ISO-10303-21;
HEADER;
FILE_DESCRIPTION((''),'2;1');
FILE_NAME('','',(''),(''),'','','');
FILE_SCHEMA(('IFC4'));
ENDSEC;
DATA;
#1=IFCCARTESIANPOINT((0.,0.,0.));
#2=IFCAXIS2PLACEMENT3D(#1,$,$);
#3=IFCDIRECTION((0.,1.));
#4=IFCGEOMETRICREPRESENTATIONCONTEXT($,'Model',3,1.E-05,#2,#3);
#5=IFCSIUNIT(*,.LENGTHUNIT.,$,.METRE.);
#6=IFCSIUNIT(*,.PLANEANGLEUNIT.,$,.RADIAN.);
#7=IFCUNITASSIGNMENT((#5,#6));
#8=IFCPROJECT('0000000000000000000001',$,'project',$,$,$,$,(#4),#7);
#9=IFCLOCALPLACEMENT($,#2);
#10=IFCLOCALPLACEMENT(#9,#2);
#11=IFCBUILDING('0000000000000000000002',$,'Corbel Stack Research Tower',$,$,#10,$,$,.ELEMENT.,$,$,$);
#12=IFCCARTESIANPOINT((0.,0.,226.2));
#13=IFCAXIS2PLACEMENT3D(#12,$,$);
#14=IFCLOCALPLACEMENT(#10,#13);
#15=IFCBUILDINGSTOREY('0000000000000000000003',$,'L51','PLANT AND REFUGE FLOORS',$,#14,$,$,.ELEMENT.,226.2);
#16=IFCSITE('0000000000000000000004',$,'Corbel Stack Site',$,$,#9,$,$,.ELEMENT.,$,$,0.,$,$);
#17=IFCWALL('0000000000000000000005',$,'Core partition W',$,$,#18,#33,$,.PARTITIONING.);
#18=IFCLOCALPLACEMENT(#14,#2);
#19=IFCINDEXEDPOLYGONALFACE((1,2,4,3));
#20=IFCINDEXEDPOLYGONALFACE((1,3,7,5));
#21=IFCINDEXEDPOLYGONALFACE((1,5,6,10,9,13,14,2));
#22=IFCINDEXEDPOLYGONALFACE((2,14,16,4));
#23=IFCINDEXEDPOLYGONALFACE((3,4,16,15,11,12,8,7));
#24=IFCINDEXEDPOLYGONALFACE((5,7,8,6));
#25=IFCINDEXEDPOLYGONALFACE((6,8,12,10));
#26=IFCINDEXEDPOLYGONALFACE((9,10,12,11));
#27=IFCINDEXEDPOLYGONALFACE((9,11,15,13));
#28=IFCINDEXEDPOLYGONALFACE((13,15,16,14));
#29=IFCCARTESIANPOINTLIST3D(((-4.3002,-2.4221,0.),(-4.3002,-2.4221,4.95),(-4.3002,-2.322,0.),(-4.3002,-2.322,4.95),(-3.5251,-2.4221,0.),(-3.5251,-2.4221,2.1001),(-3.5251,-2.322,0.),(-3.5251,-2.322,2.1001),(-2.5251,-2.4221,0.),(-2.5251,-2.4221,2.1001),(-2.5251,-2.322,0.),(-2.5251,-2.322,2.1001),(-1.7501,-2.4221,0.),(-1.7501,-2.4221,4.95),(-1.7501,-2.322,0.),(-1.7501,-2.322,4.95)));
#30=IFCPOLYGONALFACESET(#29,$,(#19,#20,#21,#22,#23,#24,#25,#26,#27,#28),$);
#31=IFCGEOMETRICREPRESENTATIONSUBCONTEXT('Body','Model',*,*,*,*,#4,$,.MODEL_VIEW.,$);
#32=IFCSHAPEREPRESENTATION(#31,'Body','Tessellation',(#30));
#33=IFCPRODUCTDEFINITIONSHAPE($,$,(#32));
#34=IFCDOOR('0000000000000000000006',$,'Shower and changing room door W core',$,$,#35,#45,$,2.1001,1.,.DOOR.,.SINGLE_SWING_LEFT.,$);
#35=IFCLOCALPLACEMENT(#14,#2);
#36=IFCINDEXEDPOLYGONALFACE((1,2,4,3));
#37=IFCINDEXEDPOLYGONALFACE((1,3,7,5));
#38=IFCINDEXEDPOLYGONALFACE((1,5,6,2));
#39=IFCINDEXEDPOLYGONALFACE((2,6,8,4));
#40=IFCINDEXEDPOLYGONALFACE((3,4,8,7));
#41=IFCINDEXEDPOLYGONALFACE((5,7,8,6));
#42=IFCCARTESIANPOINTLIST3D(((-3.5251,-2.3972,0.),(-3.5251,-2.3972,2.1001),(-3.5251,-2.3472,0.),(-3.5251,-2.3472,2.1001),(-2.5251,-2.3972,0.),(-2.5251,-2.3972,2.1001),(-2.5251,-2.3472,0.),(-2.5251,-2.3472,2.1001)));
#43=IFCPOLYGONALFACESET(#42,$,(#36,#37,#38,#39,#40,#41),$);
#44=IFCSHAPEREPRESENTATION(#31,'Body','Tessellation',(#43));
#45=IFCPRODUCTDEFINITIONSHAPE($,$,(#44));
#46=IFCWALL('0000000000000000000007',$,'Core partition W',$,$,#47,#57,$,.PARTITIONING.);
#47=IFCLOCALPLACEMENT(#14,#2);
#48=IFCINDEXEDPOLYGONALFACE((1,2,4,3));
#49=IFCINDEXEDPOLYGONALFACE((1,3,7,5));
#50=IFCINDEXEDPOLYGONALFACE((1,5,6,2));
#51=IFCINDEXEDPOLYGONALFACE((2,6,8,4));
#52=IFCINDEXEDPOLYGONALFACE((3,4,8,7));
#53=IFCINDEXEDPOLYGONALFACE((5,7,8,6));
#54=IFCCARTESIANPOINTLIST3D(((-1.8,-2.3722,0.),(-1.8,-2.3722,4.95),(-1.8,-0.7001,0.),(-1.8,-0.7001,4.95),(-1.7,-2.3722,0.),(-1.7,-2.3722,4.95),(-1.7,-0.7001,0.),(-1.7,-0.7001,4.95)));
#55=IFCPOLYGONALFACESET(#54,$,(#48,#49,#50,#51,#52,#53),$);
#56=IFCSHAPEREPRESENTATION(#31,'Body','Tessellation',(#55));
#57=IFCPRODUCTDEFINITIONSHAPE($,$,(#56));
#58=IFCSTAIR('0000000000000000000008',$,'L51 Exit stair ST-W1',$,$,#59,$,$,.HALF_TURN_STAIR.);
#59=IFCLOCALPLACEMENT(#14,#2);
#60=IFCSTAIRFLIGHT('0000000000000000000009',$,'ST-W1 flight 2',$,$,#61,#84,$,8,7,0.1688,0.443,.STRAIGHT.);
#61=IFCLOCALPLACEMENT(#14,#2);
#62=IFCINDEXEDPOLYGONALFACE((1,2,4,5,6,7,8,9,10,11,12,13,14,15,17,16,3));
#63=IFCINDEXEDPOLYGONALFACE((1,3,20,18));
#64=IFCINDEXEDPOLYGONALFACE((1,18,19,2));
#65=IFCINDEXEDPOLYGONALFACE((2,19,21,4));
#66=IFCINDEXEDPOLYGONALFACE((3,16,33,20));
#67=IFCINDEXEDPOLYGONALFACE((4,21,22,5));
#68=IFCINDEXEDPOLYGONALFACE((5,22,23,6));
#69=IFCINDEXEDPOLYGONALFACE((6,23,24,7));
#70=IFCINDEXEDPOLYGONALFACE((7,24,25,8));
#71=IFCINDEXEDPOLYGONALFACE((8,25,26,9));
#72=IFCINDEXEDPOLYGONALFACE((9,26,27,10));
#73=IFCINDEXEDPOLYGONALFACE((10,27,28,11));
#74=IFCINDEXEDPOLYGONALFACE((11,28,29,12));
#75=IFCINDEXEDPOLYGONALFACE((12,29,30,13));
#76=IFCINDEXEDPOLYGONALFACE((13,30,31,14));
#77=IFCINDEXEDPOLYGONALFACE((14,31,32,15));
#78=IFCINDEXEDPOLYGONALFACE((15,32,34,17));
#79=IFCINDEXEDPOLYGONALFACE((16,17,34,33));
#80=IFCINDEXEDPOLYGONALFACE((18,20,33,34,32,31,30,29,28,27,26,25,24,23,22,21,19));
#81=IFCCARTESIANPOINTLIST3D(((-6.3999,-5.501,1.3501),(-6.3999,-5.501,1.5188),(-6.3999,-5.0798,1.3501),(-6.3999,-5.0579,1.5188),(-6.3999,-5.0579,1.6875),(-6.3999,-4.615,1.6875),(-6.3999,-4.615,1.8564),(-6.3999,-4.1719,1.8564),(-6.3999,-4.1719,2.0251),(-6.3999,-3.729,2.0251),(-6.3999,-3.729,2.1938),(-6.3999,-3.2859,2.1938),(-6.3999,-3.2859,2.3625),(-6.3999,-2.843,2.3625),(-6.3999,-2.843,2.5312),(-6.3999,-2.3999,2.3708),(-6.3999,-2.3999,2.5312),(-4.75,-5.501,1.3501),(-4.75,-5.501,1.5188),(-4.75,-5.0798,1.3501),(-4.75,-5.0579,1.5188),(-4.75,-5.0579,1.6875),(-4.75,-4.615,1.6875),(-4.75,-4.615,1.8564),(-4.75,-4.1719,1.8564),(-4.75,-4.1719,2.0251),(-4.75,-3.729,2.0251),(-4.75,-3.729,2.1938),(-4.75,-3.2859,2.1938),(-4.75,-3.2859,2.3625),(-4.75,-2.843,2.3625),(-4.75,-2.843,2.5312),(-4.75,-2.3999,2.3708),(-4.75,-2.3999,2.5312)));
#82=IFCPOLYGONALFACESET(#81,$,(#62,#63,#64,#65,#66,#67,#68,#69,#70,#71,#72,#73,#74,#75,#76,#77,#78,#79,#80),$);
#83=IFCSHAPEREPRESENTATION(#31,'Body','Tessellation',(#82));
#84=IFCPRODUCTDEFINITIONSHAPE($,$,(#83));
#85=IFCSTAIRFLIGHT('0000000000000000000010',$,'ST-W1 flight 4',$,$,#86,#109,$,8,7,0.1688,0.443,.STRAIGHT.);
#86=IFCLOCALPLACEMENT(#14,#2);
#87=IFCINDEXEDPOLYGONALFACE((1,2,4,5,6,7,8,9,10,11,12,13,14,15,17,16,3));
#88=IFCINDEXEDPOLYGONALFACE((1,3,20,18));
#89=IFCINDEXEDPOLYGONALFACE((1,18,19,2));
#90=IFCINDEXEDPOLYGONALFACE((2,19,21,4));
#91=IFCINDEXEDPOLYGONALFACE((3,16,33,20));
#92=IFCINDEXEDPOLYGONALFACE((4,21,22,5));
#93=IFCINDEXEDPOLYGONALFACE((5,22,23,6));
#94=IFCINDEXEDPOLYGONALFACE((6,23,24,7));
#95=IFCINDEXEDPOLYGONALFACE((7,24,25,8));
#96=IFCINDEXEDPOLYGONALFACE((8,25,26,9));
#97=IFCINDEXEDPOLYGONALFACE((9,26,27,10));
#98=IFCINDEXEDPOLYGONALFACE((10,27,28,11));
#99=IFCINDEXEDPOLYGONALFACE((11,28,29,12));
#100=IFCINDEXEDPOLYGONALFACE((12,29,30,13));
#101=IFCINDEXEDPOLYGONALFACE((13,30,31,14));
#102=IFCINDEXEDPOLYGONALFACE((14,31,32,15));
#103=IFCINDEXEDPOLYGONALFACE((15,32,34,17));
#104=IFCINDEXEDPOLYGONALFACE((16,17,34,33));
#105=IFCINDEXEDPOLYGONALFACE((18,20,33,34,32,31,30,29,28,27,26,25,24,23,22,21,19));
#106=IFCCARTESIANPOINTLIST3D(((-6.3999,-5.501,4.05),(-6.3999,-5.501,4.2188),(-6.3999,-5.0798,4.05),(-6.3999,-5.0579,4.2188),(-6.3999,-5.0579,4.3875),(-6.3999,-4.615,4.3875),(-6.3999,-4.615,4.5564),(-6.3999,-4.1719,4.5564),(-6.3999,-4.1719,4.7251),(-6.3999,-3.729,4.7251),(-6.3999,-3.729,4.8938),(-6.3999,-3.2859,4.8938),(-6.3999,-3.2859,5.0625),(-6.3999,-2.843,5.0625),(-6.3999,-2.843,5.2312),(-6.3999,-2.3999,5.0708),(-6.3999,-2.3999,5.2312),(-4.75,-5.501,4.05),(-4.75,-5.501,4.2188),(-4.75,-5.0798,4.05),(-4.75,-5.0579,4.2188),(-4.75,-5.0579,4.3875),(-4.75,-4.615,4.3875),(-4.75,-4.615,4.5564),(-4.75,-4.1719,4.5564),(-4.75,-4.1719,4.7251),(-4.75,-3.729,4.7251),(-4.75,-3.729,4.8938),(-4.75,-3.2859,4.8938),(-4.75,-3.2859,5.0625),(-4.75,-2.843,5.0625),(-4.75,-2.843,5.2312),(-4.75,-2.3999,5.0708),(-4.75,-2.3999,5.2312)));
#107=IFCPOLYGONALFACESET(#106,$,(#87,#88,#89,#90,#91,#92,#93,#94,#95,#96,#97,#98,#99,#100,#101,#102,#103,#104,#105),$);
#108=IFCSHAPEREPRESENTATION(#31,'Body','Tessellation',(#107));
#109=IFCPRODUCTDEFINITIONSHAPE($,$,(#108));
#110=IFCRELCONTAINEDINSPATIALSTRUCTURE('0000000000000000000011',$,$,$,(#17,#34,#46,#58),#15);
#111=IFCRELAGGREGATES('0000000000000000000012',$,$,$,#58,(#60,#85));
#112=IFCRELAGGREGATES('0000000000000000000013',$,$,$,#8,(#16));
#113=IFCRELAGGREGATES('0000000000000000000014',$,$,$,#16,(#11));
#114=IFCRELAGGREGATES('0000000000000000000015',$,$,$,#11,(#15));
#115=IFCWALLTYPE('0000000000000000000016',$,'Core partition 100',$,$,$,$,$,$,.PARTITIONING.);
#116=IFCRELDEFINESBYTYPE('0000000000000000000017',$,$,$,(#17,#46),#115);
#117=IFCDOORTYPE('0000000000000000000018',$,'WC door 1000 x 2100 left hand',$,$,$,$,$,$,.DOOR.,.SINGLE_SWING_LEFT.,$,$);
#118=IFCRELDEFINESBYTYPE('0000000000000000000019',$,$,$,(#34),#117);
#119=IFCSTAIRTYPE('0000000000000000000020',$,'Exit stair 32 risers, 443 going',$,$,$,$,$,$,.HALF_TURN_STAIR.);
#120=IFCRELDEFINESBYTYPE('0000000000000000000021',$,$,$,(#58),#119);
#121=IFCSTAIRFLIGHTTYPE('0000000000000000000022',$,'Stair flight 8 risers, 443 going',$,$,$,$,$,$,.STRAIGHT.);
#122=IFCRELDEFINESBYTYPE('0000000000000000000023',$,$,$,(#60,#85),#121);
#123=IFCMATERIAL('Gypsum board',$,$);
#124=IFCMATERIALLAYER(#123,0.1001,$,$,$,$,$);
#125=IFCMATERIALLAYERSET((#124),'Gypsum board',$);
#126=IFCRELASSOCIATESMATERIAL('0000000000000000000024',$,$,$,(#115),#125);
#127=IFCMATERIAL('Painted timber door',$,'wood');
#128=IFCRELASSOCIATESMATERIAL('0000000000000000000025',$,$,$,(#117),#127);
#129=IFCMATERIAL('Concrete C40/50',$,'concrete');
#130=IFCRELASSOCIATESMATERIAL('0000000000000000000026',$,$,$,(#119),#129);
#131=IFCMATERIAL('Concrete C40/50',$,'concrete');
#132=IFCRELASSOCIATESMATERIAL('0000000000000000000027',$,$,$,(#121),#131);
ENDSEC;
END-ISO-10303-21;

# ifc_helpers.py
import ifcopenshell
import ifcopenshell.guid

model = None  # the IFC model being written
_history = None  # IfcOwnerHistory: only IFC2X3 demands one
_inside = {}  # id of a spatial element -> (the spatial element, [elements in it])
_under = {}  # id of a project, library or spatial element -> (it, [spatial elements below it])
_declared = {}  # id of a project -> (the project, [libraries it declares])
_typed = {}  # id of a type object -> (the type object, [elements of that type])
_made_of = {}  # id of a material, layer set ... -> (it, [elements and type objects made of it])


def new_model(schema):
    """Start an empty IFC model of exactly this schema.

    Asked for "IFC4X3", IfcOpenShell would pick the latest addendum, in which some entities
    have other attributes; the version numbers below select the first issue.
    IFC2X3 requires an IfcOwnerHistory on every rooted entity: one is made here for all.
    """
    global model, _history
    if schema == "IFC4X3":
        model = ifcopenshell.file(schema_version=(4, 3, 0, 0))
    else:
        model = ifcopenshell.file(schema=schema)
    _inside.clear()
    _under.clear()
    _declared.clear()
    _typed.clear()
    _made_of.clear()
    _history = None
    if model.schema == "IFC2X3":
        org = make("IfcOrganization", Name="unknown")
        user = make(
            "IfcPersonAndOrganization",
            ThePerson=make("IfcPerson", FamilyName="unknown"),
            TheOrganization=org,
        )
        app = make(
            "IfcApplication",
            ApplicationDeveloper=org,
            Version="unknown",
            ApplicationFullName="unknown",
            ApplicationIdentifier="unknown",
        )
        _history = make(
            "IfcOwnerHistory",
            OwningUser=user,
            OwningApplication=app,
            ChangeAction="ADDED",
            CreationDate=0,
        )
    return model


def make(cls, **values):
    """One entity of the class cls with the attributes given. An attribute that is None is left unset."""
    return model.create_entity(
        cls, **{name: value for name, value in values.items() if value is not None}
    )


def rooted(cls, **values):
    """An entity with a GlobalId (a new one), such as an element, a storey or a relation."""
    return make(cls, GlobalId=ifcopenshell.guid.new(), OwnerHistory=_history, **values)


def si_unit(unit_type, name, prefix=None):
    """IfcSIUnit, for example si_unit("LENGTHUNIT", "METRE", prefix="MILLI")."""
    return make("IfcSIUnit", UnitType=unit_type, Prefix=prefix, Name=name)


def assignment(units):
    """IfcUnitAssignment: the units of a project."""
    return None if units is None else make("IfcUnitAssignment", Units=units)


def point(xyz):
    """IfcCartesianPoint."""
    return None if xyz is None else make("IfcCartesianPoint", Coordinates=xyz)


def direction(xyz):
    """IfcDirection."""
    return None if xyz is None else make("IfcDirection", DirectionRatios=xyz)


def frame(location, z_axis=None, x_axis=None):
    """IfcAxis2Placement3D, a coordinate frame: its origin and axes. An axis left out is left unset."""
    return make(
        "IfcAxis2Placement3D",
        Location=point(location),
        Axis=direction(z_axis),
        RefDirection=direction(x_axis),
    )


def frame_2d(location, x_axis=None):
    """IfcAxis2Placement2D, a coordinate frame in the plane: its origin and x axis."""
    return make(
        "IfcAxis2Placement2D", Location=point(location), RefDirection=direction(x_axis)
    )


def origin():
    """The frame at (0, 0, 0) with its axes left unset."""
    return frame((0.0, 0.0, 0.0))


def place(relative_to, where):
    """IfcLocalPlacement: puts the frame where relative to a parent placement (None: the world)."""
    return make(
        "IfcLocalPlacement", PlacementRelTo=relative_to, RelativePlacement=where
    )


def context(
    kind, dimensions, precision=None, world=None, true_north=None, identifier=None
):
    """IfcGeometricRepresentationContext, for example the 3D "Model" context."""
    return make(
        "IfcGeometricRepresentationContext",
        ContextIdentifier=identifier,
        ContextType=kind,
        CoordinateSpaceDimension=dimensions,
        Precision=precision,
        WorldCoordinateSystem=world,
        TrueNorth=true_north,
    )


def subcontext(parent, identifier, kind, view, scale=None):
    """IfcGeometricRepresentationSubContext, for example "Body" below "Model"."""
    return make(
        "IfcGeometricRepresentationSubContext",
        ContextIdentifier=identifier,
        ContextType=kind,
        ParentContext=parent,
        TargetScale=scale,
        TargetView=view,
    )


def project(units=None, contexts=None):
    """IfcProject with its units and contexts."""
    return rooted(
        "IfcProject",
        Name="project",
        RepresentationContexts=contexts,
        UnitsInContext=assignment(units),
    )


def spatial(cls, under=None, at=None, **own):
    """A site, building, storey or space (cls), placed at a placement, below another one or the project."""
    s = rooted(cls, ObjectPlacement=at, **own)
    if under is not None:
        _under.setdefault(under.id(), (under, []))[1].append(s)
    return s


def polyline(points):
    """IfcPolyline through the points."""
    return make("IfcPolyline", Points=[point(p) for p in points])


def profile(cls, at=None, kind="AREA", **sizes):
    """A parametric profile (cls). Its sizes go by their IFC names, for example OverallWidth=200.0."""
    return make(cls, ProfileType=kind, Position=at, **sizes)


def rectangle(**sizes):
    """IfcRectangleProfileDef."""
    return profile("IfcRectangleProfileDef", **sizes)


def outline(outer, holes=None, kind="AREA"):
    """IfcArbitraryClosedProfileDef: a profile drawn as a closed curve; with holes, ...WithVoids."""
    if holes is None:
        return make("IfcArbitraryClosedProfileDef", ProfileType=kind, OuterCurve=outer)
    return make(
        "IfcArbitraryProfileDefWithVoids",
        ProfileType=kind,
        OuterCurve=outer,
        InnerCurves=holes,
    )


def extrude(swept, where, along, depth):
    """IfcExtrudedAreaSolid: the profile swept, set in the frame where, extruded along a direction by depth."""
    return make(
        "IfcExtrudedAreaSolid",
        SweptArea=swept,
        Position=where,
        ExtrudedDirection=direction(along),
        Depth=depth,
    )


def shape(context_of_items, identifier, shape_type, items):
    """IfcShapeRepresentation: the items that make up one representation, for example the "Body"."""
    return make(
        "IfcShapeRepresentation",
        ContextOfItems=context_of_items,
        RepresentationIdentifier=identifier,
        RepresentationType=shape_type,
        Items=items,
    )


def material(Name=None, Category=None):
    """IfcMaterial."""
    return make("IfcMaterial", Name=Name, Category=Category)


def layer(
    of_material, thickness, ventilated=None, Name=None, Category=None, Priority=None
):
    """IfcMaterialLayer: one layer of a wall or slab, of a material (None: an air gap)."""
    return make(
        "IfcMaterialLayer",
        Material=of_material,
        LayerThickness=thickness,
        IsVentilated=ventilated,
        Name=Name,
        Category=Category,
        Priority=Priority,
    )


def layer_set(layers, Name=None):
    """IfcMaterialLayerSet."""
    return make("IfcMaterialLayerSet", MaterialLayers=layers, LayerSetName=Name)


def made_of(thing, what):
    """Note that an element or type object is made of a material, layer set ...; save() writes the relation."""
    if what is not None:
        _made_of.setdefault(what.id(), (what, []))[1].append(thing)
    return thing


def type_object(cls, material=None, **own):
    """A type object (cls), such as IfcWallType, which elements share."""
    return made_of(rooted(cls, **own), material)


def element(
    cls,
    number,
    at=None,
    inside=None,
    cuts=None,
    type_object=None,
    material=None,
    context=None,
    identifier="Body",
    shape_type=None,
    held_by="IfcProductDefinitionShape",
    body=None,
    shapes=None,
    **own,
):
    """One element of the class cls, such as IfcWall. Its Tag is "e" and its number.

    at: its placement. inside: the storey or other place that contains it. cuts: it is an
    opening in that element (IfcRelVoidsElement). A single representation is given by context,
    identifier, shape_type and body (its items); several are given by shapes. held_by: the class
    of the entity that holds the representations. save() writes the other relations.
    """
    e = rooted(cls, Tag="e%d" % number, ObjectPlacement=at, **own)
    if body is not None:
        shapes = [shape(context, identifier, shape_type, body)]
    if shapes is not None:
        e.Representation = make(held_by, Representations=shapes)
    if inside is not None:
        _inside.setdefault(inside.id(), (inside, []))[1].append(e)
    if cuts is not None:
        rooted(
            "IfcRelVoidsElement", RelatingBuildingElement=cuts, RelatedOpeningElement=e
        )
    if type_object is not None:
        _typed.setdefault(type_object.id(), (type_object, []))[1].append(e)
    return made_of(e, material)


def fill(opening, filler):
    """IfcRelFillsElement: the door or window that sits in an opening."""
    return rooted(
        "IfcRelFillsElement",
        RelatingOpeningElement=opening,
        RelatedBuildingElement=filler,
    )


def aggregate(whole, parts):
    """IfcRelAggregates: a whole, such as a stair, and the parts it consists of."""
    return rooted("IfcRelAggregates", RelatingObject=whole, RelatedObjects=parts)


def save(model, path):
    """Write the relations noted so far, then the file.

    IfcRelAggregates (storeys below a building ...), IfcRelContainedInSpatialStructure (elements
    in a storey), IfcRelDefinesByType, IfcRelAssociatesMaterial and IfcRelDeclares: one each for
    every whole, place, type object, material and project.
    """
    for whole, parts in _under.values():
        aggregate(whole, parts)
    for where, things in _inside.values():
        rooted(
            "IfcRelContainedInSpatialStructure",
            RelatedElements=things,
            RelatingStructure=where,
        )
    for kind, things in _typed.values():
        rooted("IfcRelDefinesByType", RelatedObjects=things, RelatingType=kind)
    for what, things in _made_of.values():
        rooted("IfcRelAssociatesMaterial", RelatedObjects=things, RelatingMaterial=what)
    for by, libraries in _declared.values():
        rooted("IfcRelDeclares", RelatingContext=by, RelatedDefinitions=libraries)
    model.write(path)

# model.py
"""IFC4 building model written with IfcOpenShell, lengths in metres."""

from ifc_helpers import new_model, si_unit, direction, frame, frame_2d, origin, place, context, subcontext, project, spatial, polyline, rectangle, outline, extrude, material, layer, layer_set, type_object, element, fill, aggregate, save


model = new_model("IFC4")

# Units and contexts
model_context = context("Model", 3, precision=1e-05, world=origin(), true_north=direction((0.0, 1.0)))
body_context = subcontext(model_context, "Body", "Model", "MODEL_VIEW")
ifc_project = project(units=[si_unit("LENGTHUNIT", "METRE"), si_unit("PLANEANGLEUNIT", "RADIAN")], contexts=[model_context])

# Site, building, storey
site_placement = place(None, origin())
site = spatial("IfcSite", under=ifc_project, at=site_placement, Name="Corbel Stack Site", CompositionType="ELEMENT", RefElevation=0.0)
building_placement = place(site_placement, origin())
building = spatial("IfcBuilding", under=site, at=building_placement, Name="Corbel Stack Research Tower", CompositionType="ELEMENT")
storey_placement = place(building_placement, frame((0.0, 0.0, 226.2)))
storey = spatial("IfcBuildingStorey", under=building, at=storey_placement, Name="L51", Description="PLANT AND REFUGE FLOORS", CompositionType="ELEMENT", Elevation=226.2)

# Wall, opening, door
ifc_material_1 = material(Name="Gypsum board")
ifc_layer_1 = layer(ifc_material_1, 0.1001)
ifc_layer_set_1 = layer_set([ifc_layer_1], Name="Gypsum board")
wall_type_1 = type_object("IfcWallType", Name="Core partition 100", PredefinedType="PARTITIONING", material=ifc_layer_set_1)
ifc_material_2 = material(Name="Painted timber door", Category="wood")
door_type_1 = type_object("IfcDoorType", Name="WC door 1000 x 2100 left hand", OperationType="SINGLE_SWING_LEFT", PredefinedType="DOOR", material=ifc_material_2)
wall_1_placement = place(storey_placement, frame((-4.3, -2.3721, 0.0), z_axis=(0.0, 0.0, 1.0), x_axis=(1.0, 0.0, 0.0)))
wall_1 = element("IfcWall", 1, at=wall_1_placement, inside=storey, type_object=wall_type_1, Name="Core partition W", PredefinedType="PARTITIONING", context=body_context, shape_type="SweptSolid", body=[
    extrude(rectangle(XDim=2.55, YDim=0.1001, at=frame_2d((1.2749, 0.0))), origin(), (0.0, 0.0, 1.0), 4.95),
])
opening_1_placement = place(wall_1_placement, frame((0.7749, 0.0, 0.0)))
opening_1 = element("IfcOpeningElement", 2, at=opening_1_placement, cuts=wall_1, PredefinedType="OPENING", context=body_context, shape_type="SweptSolid", body=[
    extrude(rectangle(XDim=1.0, YDim=2.1001, at=frame_2d((0.5, 1.05))), frame((0.0, 0.0601, 0.0), z_axis=(0.0, -1.0, 0.0), x_axis=(1.0, 0.0, 0.0)), (0.0, 0.0, 1.0), 0.1201),
])
door_1_placement = place(opening_1_placement, origin())
door_1 = element("IfcDoor", 3, at=door_1_placement, inside=storey, type_object=door_type_1, Name="Shower and changing room door W core", OperationType="SINGLE_SWING_LEFT", OverallHeight=2.1001, OverallWidth=1.0, PredefinedType="DOOR", context=body_context, shape_type="SweptSolid", body=[
    extrude(rectangle(XDim=1.0, YDim=2.1001, at=frame_2d((0.5, 1.05))), frame((0.0, 0.0249, 0.0), z_axis=(0.0, -1.0, 0.0), x_axis=(1.0, 0.0, 0.0)), (0.0, 0.0, 1.0), 0.05),
])
fill(opening_1, door_1)

# Wall
wall_2_placement = place(storey_placement, frame((-1.75, -2.3721, 0.0), z_axis=(0.0, 0.0, 1.0), x_axis=(0.0, 1.0, 0.0)))
element("IfcWall", 4, at=wall_2_placement, inside=storey, type_object=wall_type_1, Name="Core partition W", PredefinedType="PARTITIONING", context=body_context, shape_type="SweptSolid", body=[
    extrude(rectangle(XDim=1.6721, YDim=0.1001, at=frame_2d((0.8359, 0.0))), origin(), (0.0, 0.0, 1.0), 4.95),
])

# Stair, stair flights
ifc_material_3 = material(Name="Concrete C40/50", Category="concrete")
stair_type = type_object("IfcStairType", Name="Exit stair 32 risers, 443 going", PredefinedType="HALF_TURN_STAIR", material=ifc_material_3)
stair_placement = place(storey_placement, origin())
stair = element("IfcStair", 5, at=stair_placement, inside=storey, type_object=stair_type, Name="L51 Exit stair ST-W1", PredefinedType="HALF_TURN_STAIR")
ifc_material_4 = material(Name="Concrete C40/50", Category="concrete")
stair_flight_type = type_object("IfcStairFlightType", Name="Stair flight 8 risers, 443 going", PredefinedType="STRAIGHT", material=ifc_material_4)
stair_flight_1_placement = place(storey_placement, frame((-5.575, -5.501, 1.3501), z_axis=(0.0, 0.0, 1.0), x_axis=(0.0, 1.0, 0.0)))
stair_flight_1 = element("IfcStairFlight", 6, at=stair_flight_1_placement, type_object=stair_flight_type, Name="ST-W1 flight 2", NumberOfRisers=8, NumberOfTreads=7, PredefinedType="STRAIGHT", RiserHeight=0.1688, TreadLength=0.443, context=body_context, shape_type="SweptSolid", body=[
    extrude(outline(polyline([(0.0, 0.0), (0.0, 0.1687), (0.4431, 0.1687), (0.4431, 0.3374), (0.886, 0.3374), (0.886, 0.5063), (1.3291, 0.5063), (1.3291, 0.675), (1.772, 0.675), (1.772, 0.8438), (2.2151, 0.8438), (2.2151, 1.0125), (2.658, 1.0125), (2.658, 1.1812), (3.1011, 1.1812), (3.1011, 1.3501), (3.1011, 1.0208), (0.4211, 0.0), (0.0, 0.0)])), frame((0.0, 0.825, 0.0), z_axis=(0.0, -1.0, 0.0), x_axis=(1.0, 0.0, 0.0)), (0.0, 0.0, 1.0), 1.6499),
])
stair_flight_2_placement = place(storey_placement, frame((-5.575, -5.501, 4.05), z_axis=(0.0, 0.0, 1.0), x_axis=(0.0, 1.0, 0.0)))
stair_flight_2 = element("IfcStairFlight", 7, at=stair_flight_2_placement, type_object=stair_flight_type, Name="ST-W1 flight 4", NumberOfRisers=8, NumberOfTreads=7, PredefinedType="STRAIGHT", RiserHeight=0.1688, TreadLength=0.443, context=body_context, shape_type="SweptSolid", body=[
    extrude(outline(polyline([(0.0, 0.0), (0.0, 0.1687), (0.4431, 0.1687), (0.4431, 0.3374), (0.886, 0.3374), (0.886, 0.5063), (1.3291, 0.5063), (1.3291, 0.675), (1.772, 0.675), (1.772, 0.8438), (2.2151, 0.8438), (2.2151, 1.0125), (2.658, 1.0125), (2.658, 1.1812), (3.1011, 1.1812), (3.1011, 1.3501), (3.1011, 1.0208), (0.4211, 0.0), (0.0, 0.0)])), frame((0.0, 0.825, 0.0), z_axis=(0.0, -1.0, 0.0), x_axis=(1.0, 0.0, 0.0)), (0.0, 0.0, 1.0), 1.6499),
])
aggregate(stair, [stair_flight_1, stair_flight_2])

save(model, "model.ifc")
